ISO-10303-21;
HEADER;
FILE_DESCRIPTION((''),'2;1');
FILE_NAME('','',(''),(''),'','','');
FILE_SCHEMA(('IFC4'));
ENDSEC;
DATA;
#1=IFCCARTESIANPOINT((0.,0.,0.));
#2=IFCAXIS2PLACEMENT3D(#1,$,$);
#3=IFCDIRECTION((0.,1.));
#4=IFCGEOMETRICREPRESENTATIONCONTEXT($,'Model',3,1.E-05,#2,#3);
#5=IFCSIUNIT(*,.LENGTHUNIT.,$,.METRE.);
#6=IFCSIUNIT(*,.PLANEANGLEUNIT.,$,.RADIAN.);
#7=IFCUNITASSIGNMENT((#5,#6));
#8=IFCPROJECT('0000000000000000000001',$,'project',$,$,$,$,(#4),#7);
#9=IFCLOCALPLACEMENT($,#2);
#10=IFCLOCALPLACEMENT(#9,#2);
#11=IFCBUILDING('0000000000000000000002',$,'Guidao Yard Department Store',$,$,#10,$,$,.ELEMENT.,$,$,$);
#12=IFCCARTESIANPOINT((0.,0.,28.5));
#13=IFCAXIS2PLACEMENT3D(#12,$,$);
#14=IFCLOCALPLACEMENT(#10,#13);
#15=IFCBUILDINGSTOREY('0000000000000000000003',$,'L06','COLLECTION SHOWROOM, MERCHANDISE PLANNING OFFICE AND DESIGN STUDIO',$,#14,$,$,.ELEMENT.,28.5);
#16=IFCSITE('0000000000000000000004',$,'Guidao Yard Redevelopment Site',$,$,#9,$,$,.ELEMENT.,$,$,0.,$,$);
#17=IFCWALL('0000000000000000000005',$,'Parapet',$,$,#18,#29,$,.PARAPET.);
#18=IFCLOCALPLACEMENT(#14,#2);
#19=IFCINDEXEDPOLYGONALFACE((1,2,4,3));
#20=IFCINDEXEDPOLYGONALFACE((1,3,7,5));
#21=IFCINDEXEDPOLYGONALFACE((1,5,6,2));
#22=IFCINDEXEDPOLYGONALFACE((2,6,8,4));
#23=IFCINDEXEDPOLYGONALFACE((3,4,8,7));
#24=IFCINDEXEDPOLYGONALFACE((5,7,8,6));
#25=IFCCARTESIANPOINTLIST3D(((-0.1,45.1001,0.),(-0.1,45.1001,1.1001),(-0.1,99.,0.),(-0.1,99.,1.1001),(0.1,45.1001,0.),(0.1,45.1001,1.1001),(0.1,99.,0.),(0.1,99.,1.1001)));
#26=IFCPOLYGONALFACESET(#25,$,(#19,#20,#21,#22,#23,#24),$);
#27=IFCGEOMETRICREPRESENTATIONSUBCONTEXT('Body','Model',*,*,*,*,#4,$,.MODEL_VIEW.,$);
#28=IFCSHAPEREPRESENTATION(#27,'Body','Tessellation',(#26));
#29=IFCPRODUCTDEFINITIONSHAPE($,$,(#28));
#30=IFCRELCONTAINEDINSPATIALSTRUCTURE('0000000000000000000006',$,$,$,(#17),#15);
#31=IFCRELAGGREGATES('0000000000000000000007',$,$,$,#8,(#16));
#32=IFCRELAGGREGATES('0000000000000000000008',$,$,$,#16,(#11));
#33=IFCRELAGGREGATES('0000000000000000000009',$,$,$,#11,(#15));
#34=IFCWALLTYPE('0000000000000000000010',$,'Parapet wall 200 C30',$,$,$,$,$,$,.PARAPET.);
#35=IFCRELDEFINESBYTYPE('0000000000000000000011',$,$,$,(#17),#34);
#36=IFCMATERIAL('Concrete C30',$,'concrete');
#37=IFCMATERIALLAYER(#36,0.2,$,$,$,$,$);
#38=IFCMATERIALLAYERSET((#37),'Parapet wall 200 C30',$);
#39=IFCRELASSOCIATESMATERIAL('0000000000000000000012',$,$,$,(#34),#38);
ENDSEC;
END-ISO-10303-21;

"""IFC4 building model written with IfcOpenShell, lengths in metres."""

from ifc_helpers import new_model, si_unit, direction, frame, frame_2d, origin, place, context, subcontext, project, spatial, rectangle, extrude, material, layer, layer_set, type_object, element, save


model = new_model("IFC4")

# Units and contexts
model_context = context("Model", 3, precision=1e-05, world=origin(), true_north=direction((0.0, 1.0)))
body_context = subcontext(model_context, "Body", "Model", "MODEL_VIEW")
ifc_project = project(units=[si_unit("LENGTHUNIT", "METRE"), si_unit("PLANEANGLEUNIT", "RADIAN")], contexts=[model_context])

# Site, building, storey
site_placement = place(None, origin())
site = spatial("IfcSite", under=ifc_project, at=site_placement, Name="Guidao Yard Redevelopment Site", CompositionType="ELEMENT", RefElevation=0.0)
building_placement = place(site_placement, origin())
building = spatial("IfcBuilding", under=site, at=building_placement, Name="Guidao Yard Department Store", CompositionType="ELEMENT")
storey_placement = place(building_placement, frame((0.0, 0.0, 28.5)))
storey = spatial("IfcBuildingStorey", under=building, at=storey_placement, Name="L06", Description="COLLECTION SHOWROOM, MERCHANDISE PLANNING OFFICE AND DESIGN STUDIO", CompositionType="ELEMENT", Elevation=28.5)

# Wall
ifc_material_1 = material(Name="Concrete C30", Category="concrete")
ifc_layer_1 = layer(ifc_material_1, 0.2)
ifc_layer_set_1 = layer_set([ifc_layer_1], Name="Parapet wall 200 C30")
wall_type = type_object("IfcWallType", Name="Parapet wall 200 C30", PredefinedType="PARAPET", material=ifc_layer_set_1)
wall_1_placement = place(storey_placement, frame((0.0, 45.1001, 0.0), z_axis=(0.0, 0.0, 1.0), x_axis=(0.0, 1.0, 0.0)))
element("IfcWall", 1, at=wall_1_placement, inside=storey, type_object=wall_type, Name="Parapet", PredefinedType="PARAPET", context=body_context, shape_type="SweptSolid", body=[
    extrude(rectangle(XDim=53.8999, YDim=0.2, at=frame_2d((26.95, 0.0))), origin(), (0.0, 0.0, 1.0), 1.1001),
])

save(model, "model.ifc")
